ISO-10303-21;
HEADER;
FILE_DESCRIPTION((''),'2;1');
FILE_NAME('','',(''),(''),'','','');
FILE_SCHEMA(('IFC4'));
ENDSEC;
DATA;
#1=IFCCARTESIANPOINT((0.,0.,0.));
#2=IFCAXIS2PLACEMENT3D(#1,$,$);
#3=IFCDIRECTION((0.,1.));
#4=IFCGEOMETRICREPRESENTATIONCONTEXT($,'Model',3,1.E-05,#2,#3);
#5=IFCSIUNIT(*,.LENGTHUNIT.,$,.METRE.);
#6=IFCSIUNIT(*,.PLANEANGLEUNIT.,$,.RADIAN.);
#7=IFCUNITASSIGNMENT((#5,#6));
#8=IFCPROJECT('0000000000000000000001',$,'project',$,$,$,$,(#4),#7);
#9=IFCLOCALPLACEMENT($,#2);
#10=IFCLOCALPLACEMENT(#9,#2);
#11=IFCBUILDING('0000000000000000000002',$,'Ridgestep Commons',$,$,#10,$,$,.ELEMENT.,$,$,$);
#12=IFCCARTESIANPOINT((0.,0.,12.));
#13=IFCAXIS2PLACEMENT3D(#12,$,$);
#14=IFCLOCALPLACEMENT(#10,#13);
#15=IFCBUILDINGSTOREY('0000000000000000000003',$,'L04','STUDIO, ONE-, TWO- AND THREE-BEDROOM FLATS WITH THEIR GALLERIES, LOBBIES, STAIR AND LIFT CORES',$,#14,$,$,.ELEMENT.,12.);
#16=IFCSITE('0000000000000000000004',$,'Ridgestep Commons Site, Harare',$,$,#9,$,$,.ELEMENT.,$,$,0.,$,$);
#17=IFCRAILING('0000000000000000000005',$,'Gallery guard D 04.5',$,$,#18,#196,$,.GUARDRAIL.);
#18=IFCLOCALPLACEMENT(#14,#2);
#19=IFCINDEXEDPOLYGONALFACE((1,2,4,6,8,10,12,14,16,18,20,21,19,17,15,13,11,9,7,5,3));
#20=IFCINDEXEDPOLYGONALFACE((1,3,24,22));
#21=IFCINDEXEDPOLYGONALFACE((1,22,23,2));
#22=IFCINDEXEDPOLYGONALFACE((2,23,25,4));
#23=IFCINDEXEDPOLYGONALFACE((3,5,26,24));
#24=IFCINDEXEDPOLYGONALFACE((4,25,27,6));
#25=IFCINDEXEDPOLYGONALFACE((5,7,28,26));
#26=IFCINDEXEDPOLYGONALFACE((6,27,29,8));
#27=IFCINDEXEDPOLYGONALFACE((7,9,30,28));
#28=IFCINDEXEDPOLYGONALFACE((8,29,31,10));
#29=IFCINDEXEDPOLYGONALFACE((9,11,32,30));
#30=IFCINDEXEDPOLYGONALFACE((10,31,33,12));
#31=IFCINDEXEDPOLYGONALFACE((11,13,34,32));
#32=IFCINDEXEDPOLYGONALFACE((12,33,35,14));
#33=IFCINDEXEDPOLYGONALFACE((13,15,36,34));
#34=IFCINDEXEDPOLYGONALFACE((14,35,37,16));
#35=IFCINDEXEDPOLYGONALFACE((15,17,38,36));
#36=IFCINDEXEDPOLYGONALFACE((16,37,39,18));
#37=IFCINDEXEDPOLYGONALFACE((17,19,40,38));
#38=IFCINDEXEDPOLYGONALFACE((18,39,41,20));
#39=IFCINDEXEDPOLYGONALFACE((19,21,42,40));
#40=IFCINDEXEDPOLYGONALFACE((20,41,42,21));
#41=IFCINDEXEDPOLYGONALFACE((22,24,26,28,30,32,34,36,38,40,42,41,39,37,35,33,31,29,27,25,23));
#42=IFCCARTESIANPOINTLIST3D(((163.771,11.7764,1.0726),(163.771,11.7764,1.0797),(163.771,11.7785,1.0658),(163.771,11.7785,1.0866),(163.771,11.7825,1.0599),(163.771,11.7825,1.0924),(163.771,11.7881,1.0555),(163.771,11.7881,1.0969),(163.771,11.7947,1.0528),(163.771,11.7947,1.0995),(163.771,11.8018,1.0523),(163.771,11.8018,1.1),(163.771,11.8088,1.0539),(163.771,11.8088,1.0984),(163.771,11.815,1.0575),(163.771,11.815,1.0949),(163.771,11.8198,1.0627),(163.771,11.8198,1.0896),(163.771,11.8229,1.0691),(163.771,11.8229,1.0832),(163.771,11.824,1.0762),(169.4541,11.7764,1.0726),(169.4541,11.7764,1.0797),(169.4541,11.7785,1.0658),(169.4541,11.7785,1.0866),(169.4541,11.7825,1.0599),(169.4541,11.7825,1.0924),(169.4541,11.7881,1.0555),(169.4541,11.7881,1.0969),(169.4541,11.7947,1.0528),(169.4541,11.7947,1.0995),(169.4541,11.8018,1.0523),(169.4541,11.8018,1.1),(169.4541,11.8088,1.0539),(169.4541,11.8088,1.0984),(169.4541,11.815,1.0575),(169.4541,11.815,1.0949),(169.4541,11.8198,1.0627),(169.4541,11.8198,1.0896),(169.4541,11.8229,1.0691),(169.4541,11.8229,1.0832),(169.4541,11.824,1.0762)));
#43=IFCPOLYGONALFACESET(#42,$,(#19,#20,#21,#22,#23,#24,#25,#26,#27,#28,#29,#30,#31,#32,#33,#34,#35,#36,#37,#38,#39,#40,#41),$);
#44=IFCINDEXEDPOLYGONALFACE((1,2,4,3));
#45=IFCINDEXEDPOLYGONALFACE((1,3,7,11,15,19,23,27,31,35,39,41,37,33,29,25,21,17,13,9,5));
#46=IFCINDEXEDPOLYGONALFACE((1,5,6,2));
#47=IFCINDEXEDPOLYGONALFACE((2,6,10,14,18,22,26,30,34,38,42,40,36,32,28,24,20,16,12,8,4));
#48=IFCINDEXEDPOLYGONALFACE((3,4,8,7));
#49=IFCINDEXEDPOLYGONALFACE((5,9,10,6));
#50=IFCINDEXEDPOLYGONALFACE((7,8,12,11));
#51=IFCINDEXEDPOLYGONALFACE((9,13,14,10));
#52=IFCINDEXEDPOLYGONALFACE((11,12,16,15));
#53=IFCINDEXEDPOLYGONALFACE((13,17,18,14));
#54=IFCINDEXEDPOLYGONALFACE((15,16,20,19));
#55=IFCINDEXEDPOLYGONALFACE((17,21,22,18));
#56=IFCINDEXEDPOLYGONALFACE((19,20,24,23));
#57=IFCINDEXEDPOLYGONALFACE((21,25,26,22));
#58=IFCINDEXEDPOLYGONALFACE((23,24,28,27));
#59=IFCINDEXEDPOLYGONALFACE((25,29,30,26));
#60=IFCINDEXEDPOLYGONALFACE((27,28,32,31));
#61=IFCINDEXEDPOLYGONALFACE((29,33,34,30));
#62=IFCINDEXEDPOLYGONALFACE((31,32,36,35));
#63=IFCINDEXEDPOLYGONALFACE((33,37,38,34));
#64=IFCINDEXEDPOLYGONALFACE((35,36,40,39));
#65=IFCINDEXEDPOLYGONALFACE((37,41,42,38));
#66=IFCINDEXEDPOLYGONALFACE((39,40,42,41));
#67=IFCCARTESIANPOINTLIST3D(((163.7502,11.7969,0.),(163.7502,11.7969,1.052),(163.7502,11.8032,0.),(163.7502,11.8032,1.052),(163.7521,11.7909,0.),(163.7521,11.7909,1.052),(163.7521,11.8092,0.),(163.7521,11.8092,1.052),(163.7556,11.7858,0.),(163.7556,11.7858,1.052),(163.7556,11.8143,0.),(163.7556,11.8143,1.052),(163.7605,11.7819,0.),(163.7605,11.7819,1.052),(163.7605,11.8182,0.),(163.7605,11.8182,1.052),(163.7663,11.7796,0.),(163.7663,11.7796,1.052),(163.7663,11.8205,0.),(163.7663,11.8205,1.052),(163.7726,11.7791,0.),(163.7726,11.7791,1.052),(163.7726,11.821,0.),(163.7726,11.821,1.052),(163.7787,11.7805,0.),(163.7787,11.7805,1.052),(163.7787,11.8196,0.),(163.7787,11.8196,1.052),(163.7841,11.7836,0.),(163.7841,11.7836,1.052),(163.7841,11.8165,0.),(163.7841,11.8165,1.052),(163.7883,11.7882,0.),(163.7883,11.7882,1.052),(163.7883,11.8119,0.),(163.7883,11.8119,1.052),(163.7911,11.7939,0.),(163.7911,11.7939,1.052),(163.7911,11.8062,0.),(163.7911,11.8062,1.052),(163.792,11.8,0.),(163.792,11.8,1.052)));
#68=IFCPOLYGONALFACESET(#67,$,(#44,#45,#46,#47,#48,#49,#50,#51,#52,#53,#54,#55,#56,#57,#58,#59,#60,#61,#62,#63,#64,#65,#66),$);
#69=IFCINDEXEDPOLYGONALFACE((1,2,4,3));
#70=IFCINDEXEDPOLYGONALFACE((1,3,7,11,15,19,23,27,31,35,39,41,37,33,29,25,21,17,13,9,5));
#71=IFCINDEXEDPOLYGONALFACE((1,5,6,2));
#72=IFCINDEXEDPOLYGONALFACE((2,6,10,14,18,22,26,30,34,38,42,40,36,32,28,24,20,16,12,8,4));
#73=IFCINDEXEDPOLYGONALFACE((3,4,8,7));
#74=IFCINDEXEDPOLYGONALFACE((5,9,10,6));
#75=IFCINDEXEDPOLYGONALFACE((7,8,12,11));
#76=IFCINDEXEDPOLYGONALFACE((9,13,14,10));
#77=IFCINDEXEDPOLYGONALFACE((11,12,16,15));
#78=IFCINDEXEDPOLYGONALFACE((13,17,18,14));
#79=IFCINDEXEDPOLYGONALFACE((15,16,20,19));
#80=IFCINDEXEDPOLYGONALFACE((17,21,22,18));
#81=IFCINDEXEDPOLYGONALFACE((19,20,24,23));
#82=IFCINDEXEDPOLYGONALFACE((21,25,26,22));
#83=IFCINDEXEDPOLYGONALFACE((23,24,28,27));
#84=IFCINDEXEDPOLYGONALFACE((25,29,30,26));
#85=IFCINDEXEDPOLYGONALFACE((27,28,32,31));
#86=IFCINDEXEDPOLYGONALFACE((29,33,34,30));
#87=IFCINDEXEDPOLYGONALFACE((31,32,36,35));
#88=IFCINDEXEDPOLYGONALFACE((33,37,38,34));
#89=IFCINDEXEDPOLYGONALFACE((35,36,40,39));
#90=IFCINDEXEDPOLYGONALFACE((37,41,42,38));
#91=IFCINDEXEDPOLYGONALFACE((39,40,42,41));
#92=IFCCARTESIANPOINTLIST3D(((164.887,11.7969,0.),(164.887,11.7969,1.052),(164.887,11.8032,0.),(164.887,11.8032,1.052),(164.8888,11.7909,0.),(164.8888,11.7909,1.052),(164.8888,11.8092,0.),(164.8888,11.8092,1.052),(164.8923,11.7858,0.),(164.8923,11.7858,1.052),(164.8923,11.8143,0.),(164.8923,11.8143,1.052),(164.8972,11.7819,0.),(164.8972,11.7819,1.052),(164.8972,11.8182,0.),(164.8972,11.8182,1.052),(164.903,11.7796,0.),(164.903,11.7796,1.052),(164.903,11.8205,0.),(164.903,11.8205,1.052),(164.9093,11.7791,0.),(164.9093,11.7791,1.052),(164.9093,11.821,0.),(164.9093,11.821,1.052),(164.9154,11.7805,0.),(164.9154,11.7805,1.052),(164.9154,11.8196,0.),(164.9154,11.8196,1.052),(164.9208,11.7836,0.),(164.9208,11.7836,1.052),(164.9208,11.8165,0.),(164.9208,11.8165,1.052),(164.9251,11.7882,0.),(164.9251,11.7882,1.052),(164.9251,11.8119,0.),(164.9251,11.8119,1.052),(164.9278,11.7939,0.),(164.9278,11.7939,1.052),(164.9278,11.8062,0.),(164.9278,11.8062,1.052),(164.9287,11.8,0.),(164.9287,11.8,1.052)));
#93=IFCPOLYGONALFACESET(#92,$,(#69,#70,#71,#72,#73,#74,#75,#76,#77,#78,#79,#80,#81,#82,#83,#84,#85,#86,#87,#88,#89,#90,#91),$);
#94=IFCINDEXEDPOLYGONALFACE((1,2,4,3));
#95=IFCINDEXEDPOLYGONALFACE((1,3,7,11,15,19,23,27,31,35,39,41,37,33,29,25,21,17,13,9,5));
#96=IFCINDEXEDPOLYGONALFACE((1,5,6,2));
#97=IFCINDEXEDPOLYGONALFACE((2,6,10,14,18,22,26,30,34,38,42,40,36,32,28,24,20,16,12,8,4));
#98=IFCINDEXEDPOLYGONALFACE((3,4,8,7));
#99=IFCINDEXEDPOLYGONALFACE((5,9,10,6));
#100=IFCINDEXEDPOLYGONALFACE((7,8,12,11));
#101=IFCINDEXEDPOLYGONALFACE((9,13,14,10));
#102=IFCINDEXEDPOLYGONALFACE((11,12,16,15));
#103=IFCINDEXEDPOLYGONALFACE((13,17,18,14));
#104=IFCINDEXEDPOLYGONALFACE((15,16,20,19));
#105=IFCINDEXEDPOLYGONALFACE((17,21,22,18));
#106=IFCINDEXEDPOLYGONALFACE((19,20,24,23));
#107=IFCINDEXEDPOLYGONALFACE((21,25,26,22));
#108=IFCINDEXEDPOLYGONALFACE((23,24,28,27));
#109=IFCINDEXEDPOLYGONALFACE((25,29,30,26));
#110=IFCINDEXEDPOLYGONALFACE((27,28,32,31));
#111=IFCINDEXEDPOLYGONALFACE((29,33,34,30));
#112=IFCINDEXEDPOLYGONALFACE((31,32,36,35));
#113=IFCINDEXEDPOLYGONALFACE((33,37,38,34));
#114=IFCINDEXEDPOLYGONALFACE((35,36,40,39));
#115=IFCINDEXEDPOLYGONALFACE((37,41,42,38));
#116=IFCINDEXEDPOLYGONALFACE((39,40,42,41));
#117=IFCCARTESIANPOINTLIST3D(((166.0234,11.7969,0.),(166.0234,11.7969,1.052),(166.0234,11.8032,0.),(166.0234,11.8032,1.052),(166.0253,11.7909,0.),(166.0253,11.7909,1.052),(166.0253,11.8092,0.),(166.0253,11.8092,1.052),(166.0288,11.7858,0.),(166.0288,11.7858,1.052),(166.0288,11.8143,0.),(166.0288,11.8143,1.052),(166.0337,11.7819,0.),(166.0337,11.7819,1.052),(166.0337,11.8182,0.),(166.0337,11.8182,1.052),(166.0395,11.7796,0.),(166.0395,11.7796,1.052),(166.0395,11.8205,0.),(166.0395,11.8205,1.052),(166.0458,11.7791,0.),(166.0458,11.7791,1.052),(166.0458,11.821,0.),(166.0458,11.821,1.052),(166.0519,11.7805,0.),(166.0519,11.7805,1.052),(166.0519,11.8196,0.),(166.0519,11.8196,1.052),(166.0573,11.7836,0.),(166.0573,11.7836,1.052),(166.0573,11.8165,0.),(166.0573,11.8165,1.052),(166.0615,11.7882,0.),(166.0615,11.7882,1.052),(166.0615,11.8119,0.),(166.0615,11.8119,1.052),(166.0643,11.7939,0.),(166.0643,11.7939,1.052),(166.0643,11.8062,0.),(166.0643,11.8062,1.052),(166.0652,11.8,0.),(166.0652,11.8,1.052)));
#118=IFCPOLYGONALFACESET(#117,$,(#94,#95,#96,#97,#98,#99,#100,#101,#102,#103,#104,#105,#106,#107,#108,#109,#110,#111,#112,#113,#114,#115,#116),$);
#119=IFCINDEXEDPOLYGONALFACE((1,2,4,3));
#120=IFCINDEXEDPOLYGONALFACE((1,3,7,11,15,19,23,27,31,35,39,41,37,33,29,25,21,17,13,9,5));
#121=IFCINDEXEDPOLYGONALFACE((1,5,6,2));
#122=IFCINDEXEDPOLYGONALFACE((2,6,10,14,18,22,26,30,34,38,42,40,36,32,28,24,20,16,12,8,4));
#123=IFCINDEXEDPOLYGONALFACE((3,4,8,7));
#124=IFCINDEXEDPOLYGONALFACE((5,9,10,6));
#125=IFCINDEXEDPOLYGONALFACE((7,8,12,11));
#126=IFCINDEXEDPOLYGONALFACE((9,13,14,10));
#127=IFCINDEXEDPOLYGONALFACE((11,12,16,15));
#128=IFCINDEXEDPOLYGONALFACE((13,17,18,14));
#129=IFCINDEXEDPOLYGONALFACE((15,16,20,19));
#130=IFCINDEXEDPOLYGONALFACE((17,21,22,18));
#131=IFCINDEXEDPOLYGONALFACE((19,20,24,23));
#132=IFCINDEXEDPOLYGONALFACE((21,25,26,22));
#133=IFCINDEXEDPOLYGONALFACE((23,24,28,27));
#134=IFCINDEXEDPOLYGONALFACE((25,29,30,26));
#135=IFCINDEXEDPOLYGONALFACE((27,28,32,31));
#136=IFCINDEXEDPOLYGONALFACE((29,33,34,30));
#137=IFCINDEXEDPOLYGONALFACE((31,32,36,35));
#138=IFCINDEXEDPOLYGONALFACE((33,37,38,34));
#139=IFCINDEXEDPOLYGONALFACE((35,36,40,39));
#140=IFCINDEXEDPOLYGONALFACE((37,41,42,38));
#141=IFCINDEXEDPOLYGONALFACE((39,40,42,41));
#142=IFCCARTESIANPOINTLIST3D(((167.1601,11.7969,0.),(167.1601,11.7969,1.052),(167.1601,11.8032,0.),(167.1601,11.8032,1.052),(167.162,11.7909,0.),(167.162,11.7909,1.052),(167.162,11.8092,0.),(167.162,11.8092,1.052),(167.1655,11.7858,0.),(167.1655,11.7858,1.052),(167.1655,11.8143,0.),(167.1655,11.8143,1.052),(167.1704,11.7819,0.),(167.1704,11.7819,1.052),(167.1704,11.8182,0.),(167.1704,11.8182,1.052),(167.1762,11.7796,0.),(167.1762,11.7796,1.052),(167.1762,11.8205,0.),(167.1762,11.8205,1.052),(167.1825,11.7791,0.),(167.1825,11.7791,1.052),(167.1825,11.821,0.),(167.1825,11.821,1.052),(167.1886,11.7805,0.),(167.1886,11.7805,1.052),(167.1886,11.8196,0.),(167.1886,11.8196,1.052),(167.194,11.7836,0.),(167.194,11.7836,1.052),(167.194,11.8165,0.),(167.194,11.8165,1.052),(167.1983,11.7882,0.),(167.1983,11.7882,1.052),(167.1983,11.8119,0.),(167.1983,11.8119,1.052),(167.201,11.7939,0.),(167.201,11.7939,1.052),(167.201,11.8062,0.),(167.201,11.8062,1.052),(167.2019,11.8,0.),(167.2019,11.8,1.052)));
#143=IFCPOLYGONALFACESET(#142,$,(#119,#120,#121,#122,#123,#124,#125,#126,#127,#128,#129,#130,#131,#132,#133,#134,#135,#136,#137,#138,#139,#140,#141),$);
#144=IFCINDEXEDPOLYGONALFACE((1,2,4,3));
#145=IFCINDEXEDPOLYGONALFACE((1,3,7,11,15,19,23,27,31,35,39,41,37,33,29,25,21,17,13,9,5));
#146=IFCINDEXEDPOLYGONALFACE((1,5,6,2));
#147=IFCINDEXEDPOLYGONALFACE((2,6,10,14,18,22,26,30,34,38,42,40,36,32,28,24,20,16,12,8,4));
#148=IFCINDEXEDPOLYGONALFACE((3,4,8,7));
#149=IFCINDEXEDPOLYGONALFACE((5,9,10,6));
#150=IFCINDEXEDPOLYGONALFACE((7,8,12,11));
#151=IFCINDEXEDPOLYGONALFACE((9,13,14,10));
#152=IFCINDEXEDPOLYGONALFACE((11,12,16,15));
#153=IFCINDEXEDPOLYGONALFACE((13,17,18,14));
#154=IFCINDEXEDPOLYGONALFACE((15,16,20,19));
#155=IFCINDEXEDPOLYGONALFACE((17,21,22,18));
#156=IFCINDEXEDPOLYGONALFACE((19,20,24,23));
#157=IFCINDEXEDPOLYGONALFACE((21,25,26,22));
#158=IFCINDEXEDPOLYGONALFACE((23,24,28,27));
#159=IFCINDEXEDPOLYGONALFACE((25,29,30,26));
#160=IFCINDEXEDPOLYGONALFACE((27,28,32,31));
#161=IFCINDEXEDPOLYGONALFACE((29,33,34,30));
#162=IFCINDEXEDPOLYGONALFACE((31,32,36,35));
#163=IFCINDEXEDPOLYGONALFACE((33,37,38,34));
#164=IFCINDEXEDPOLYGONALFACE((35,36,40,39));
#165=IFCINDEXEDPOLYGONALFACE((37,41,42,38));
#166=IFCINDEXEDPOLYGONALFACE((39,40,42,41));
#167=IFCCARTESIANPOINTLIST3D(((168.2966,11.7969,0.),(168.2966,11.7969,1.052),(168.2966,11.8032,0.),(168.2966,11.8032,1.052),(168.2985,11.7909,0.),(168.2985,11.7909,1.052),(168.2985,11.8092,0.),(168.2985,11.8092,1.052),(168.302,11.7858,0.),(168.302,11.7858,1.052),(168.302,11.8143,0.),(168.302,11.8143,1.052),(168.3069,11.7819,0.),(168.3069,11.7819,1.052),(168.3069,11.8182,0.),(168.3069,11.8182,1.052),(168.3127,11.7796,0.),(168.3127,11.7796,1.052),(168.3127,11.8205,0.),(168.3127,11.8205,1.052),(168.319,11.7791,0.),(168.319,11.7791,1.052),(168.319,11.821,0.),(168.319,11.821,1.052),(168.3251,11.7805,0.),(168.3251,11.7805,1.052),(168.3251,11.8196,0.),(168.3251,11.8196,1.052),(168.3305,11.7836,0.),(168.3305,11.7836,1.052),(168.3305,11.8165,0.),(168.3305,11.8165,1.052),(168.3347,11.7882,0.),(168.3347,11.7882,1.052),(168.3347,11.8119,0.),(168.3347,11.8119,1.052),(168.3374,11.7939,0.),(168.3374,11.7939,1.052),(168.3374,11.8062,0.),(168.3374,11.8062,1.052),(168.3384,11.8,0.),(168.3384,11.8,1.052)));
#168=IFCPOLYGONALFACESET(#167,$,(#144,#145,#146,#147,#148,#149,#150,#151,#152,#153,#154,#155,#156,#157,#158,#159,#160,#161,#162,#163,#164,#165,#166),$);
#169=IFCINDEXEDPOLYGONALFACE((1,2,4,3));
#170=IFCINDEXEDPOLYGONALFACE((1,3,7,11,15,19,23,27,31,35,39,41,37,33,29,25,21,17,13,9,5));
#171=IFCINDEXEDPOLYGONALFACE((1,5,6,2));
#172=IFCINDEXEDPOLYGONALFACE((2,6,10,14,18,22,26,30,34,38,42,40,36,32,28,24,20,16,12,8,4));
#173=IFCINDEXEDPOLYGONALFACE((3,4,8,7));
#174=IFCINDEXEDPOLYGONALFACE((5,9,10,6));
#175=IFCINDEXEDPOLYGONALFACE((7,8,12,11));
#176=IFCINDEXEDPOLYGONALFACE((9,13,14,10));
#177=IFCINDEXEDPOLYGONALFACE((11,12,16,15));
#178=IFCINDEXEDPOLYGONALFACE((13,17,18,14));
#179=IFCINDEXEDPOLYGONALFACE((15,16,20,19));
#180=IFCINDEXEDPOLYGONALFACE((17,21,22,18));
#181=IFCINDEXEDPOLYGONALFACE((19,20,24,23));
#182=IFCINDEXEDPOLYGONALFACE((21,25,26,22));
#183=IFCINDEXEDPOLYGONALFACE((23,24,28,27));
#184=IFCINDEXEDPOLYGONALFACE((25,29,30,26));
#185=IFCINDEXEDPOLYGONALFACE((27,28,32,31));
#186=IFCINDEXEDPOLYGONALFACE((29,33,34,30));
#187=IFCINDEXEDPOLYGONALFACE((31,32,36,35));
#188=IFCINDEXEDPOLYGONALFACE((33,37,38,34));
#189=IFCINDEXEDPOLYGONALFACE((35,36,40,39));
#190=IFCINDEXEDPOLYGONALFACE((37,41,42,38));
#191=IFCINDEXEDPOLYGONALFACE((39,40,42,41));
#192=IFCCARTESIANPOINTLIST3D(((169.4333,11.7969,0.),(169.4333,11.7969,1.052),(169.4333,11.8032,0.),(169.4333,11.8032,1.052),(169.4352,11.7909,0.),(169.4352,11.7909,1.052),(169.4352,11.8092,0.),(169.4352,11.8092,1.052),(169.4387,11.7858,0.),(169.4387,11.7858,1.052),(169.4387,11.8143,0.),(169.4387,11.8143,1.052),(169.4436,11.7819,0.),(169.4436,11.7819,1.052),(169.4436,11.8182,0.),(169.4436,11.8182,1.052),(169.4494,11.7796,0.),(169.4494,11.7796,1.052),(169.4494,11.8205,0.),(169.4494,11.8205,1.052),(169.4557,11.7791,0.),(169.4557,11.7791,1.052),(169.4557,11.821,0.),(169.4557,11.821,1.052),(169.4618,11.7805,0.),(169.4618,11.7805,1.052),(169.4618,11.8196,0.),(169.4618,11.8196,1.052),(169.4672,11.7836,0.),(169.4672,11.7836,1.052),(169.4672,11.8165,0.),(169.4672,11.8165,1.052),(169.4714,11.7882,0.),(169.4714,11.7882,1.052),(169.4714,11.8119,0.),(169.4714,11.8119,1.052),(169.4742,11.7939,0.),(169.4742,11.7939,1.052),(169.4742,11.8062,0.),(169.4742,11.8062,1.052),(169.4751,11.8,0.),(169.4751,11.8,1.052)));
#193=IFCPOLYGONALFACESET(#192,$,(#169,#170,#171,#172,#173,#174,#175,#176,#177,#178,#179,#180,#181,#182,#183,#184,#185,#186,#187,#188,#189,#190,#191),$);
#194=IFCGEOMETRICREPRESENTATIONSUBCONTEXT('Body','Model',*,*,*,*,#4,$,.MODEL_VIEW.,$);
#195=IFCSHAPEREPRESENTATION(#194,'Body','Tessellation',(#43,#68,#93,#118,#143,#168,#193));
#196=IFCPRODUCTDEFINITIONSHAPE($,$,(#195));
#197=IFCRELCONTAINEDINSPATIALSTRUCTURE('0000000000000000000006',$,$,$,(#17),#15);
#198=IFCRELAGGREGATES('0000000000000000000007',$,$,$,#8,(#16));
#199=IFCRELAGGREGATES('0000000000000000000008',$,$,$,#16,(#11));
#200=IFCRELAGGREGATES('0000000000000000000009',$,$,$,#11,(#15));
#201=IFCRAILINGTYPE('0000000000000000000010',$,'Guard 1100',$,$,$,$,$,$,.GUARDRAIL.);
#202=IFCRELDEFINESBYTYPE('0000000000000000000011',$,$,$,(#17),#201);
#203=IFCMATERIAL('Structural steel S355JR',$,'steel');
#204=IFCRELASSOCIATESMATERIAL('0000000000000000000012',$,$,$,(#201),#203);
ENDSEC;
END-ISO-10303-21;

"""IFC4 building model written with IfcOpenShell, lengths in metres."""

from ifc_helpers import new_model, si_unit, direction, frame, origin, origin_2d, place, context, subcontext, project, spatial, circle, extrude, material, type_object, element, save


model = new_model("IFC4")

# Units and contexts
model_context = context("Model", 3, precision=1e-05, world=origin(), true_north=direction((0.0, 1.0)))
body_context = subcontext(model_context, "Body", "Model", "MODEL_VIEW")
ifc_project = project(units=[si_unit("LENGTHUNIT", "METRE"), si_unit("PLANEANGLEUNIT", "RADIAN")], contexts=[model_context])

# Site, building, storey
site_placement = place(None, origin())
site = spatial("IfcSite", under=ifc_project, at=site_placement, Name="Ridgestep Commons Site, Harare", CompositionType="ELEMENT", RefElevation=0.0)
building_placement = place(site_placement, origin())
building = spatial("IfcBuilding", under=site, at=building_placement, Name="Ridgestep Commons", CompositionType="ELEMENT")
storey_placement = place(building_placement, frame((0.0, 0.0, 12.0)))
storey = spatial("IfcBuildingStorey", under=building, at=storey_placement, Name="L04", Description="STUDIO, ONE-, TWO- AND THREE-BEDROOM FLATS WITH THEIR GALLERIES, LOBBIES, STAIR AND LIFT CORES", CompositionType="ELEMENT", Elevation=12.0)

# Railing
ifc_material_1 = material(Name="Structural steel S355JR", Category="steel")
railing_type_1 = type_object("IfcRailingType", Name="Guard 1100", PredefinedType="GUARDRAIL", material=ifc_material_1)
railing_1_placement = place(storey_placement, frame((163.771, 11.8, 0.0)))
element("IfcRailing", 1, at=railing_1_placement, inside=storey, type_object=railing_type_1, Name="Gallery guard D 04.5", PredefinedType="GUARDRAIL", context=body_context, shape_type="SweptSolid", body=[
    extrude(circle(Radius=0.0239, at=origin_2d()), frame((0.0, 0.0, 1.0762), z_axis=(1.0, 0.0, 0.0), x_axis=(0.0, 1.0, 0.0)), (0.0, 0.0, 1.0), 5.6831),
    extrude(circle(Radius=0.021, at=origin_2d()), origin(), (0.0, 0.0, 1.0), 1.052),
    extrude(circle(Radius=0.021, at=origin_2d()), frame((1.1367, 0.0, 0.0)), (0.0, 0.0, 1.0), 1.052),
    extrude(circle(Radius=0.021, at=origin_2d()), frame((2.2732, 0.0, 0.0)), (0.0, 0.0, 1.0), 1.052),
    extrude(circle(Radius=0.021, at=origin_2d()), frame((3.4099, 0.0, 0.0)), (0.0, 0.0, 1.0), 1.052),
    extrude(circle(Radius=0.021, at=origin_2d()), frame((4.5464, 0.0, 0.0)), (0.0, 0.0, 1.0), 1.052),
    extrude(circle(Radius=0.021, at=origin_2d()), frame((5.6831, 0.0, 0.0)), (0.0, 0.0, 1.0), 1.052),
])

save(model, "model.ifc")
